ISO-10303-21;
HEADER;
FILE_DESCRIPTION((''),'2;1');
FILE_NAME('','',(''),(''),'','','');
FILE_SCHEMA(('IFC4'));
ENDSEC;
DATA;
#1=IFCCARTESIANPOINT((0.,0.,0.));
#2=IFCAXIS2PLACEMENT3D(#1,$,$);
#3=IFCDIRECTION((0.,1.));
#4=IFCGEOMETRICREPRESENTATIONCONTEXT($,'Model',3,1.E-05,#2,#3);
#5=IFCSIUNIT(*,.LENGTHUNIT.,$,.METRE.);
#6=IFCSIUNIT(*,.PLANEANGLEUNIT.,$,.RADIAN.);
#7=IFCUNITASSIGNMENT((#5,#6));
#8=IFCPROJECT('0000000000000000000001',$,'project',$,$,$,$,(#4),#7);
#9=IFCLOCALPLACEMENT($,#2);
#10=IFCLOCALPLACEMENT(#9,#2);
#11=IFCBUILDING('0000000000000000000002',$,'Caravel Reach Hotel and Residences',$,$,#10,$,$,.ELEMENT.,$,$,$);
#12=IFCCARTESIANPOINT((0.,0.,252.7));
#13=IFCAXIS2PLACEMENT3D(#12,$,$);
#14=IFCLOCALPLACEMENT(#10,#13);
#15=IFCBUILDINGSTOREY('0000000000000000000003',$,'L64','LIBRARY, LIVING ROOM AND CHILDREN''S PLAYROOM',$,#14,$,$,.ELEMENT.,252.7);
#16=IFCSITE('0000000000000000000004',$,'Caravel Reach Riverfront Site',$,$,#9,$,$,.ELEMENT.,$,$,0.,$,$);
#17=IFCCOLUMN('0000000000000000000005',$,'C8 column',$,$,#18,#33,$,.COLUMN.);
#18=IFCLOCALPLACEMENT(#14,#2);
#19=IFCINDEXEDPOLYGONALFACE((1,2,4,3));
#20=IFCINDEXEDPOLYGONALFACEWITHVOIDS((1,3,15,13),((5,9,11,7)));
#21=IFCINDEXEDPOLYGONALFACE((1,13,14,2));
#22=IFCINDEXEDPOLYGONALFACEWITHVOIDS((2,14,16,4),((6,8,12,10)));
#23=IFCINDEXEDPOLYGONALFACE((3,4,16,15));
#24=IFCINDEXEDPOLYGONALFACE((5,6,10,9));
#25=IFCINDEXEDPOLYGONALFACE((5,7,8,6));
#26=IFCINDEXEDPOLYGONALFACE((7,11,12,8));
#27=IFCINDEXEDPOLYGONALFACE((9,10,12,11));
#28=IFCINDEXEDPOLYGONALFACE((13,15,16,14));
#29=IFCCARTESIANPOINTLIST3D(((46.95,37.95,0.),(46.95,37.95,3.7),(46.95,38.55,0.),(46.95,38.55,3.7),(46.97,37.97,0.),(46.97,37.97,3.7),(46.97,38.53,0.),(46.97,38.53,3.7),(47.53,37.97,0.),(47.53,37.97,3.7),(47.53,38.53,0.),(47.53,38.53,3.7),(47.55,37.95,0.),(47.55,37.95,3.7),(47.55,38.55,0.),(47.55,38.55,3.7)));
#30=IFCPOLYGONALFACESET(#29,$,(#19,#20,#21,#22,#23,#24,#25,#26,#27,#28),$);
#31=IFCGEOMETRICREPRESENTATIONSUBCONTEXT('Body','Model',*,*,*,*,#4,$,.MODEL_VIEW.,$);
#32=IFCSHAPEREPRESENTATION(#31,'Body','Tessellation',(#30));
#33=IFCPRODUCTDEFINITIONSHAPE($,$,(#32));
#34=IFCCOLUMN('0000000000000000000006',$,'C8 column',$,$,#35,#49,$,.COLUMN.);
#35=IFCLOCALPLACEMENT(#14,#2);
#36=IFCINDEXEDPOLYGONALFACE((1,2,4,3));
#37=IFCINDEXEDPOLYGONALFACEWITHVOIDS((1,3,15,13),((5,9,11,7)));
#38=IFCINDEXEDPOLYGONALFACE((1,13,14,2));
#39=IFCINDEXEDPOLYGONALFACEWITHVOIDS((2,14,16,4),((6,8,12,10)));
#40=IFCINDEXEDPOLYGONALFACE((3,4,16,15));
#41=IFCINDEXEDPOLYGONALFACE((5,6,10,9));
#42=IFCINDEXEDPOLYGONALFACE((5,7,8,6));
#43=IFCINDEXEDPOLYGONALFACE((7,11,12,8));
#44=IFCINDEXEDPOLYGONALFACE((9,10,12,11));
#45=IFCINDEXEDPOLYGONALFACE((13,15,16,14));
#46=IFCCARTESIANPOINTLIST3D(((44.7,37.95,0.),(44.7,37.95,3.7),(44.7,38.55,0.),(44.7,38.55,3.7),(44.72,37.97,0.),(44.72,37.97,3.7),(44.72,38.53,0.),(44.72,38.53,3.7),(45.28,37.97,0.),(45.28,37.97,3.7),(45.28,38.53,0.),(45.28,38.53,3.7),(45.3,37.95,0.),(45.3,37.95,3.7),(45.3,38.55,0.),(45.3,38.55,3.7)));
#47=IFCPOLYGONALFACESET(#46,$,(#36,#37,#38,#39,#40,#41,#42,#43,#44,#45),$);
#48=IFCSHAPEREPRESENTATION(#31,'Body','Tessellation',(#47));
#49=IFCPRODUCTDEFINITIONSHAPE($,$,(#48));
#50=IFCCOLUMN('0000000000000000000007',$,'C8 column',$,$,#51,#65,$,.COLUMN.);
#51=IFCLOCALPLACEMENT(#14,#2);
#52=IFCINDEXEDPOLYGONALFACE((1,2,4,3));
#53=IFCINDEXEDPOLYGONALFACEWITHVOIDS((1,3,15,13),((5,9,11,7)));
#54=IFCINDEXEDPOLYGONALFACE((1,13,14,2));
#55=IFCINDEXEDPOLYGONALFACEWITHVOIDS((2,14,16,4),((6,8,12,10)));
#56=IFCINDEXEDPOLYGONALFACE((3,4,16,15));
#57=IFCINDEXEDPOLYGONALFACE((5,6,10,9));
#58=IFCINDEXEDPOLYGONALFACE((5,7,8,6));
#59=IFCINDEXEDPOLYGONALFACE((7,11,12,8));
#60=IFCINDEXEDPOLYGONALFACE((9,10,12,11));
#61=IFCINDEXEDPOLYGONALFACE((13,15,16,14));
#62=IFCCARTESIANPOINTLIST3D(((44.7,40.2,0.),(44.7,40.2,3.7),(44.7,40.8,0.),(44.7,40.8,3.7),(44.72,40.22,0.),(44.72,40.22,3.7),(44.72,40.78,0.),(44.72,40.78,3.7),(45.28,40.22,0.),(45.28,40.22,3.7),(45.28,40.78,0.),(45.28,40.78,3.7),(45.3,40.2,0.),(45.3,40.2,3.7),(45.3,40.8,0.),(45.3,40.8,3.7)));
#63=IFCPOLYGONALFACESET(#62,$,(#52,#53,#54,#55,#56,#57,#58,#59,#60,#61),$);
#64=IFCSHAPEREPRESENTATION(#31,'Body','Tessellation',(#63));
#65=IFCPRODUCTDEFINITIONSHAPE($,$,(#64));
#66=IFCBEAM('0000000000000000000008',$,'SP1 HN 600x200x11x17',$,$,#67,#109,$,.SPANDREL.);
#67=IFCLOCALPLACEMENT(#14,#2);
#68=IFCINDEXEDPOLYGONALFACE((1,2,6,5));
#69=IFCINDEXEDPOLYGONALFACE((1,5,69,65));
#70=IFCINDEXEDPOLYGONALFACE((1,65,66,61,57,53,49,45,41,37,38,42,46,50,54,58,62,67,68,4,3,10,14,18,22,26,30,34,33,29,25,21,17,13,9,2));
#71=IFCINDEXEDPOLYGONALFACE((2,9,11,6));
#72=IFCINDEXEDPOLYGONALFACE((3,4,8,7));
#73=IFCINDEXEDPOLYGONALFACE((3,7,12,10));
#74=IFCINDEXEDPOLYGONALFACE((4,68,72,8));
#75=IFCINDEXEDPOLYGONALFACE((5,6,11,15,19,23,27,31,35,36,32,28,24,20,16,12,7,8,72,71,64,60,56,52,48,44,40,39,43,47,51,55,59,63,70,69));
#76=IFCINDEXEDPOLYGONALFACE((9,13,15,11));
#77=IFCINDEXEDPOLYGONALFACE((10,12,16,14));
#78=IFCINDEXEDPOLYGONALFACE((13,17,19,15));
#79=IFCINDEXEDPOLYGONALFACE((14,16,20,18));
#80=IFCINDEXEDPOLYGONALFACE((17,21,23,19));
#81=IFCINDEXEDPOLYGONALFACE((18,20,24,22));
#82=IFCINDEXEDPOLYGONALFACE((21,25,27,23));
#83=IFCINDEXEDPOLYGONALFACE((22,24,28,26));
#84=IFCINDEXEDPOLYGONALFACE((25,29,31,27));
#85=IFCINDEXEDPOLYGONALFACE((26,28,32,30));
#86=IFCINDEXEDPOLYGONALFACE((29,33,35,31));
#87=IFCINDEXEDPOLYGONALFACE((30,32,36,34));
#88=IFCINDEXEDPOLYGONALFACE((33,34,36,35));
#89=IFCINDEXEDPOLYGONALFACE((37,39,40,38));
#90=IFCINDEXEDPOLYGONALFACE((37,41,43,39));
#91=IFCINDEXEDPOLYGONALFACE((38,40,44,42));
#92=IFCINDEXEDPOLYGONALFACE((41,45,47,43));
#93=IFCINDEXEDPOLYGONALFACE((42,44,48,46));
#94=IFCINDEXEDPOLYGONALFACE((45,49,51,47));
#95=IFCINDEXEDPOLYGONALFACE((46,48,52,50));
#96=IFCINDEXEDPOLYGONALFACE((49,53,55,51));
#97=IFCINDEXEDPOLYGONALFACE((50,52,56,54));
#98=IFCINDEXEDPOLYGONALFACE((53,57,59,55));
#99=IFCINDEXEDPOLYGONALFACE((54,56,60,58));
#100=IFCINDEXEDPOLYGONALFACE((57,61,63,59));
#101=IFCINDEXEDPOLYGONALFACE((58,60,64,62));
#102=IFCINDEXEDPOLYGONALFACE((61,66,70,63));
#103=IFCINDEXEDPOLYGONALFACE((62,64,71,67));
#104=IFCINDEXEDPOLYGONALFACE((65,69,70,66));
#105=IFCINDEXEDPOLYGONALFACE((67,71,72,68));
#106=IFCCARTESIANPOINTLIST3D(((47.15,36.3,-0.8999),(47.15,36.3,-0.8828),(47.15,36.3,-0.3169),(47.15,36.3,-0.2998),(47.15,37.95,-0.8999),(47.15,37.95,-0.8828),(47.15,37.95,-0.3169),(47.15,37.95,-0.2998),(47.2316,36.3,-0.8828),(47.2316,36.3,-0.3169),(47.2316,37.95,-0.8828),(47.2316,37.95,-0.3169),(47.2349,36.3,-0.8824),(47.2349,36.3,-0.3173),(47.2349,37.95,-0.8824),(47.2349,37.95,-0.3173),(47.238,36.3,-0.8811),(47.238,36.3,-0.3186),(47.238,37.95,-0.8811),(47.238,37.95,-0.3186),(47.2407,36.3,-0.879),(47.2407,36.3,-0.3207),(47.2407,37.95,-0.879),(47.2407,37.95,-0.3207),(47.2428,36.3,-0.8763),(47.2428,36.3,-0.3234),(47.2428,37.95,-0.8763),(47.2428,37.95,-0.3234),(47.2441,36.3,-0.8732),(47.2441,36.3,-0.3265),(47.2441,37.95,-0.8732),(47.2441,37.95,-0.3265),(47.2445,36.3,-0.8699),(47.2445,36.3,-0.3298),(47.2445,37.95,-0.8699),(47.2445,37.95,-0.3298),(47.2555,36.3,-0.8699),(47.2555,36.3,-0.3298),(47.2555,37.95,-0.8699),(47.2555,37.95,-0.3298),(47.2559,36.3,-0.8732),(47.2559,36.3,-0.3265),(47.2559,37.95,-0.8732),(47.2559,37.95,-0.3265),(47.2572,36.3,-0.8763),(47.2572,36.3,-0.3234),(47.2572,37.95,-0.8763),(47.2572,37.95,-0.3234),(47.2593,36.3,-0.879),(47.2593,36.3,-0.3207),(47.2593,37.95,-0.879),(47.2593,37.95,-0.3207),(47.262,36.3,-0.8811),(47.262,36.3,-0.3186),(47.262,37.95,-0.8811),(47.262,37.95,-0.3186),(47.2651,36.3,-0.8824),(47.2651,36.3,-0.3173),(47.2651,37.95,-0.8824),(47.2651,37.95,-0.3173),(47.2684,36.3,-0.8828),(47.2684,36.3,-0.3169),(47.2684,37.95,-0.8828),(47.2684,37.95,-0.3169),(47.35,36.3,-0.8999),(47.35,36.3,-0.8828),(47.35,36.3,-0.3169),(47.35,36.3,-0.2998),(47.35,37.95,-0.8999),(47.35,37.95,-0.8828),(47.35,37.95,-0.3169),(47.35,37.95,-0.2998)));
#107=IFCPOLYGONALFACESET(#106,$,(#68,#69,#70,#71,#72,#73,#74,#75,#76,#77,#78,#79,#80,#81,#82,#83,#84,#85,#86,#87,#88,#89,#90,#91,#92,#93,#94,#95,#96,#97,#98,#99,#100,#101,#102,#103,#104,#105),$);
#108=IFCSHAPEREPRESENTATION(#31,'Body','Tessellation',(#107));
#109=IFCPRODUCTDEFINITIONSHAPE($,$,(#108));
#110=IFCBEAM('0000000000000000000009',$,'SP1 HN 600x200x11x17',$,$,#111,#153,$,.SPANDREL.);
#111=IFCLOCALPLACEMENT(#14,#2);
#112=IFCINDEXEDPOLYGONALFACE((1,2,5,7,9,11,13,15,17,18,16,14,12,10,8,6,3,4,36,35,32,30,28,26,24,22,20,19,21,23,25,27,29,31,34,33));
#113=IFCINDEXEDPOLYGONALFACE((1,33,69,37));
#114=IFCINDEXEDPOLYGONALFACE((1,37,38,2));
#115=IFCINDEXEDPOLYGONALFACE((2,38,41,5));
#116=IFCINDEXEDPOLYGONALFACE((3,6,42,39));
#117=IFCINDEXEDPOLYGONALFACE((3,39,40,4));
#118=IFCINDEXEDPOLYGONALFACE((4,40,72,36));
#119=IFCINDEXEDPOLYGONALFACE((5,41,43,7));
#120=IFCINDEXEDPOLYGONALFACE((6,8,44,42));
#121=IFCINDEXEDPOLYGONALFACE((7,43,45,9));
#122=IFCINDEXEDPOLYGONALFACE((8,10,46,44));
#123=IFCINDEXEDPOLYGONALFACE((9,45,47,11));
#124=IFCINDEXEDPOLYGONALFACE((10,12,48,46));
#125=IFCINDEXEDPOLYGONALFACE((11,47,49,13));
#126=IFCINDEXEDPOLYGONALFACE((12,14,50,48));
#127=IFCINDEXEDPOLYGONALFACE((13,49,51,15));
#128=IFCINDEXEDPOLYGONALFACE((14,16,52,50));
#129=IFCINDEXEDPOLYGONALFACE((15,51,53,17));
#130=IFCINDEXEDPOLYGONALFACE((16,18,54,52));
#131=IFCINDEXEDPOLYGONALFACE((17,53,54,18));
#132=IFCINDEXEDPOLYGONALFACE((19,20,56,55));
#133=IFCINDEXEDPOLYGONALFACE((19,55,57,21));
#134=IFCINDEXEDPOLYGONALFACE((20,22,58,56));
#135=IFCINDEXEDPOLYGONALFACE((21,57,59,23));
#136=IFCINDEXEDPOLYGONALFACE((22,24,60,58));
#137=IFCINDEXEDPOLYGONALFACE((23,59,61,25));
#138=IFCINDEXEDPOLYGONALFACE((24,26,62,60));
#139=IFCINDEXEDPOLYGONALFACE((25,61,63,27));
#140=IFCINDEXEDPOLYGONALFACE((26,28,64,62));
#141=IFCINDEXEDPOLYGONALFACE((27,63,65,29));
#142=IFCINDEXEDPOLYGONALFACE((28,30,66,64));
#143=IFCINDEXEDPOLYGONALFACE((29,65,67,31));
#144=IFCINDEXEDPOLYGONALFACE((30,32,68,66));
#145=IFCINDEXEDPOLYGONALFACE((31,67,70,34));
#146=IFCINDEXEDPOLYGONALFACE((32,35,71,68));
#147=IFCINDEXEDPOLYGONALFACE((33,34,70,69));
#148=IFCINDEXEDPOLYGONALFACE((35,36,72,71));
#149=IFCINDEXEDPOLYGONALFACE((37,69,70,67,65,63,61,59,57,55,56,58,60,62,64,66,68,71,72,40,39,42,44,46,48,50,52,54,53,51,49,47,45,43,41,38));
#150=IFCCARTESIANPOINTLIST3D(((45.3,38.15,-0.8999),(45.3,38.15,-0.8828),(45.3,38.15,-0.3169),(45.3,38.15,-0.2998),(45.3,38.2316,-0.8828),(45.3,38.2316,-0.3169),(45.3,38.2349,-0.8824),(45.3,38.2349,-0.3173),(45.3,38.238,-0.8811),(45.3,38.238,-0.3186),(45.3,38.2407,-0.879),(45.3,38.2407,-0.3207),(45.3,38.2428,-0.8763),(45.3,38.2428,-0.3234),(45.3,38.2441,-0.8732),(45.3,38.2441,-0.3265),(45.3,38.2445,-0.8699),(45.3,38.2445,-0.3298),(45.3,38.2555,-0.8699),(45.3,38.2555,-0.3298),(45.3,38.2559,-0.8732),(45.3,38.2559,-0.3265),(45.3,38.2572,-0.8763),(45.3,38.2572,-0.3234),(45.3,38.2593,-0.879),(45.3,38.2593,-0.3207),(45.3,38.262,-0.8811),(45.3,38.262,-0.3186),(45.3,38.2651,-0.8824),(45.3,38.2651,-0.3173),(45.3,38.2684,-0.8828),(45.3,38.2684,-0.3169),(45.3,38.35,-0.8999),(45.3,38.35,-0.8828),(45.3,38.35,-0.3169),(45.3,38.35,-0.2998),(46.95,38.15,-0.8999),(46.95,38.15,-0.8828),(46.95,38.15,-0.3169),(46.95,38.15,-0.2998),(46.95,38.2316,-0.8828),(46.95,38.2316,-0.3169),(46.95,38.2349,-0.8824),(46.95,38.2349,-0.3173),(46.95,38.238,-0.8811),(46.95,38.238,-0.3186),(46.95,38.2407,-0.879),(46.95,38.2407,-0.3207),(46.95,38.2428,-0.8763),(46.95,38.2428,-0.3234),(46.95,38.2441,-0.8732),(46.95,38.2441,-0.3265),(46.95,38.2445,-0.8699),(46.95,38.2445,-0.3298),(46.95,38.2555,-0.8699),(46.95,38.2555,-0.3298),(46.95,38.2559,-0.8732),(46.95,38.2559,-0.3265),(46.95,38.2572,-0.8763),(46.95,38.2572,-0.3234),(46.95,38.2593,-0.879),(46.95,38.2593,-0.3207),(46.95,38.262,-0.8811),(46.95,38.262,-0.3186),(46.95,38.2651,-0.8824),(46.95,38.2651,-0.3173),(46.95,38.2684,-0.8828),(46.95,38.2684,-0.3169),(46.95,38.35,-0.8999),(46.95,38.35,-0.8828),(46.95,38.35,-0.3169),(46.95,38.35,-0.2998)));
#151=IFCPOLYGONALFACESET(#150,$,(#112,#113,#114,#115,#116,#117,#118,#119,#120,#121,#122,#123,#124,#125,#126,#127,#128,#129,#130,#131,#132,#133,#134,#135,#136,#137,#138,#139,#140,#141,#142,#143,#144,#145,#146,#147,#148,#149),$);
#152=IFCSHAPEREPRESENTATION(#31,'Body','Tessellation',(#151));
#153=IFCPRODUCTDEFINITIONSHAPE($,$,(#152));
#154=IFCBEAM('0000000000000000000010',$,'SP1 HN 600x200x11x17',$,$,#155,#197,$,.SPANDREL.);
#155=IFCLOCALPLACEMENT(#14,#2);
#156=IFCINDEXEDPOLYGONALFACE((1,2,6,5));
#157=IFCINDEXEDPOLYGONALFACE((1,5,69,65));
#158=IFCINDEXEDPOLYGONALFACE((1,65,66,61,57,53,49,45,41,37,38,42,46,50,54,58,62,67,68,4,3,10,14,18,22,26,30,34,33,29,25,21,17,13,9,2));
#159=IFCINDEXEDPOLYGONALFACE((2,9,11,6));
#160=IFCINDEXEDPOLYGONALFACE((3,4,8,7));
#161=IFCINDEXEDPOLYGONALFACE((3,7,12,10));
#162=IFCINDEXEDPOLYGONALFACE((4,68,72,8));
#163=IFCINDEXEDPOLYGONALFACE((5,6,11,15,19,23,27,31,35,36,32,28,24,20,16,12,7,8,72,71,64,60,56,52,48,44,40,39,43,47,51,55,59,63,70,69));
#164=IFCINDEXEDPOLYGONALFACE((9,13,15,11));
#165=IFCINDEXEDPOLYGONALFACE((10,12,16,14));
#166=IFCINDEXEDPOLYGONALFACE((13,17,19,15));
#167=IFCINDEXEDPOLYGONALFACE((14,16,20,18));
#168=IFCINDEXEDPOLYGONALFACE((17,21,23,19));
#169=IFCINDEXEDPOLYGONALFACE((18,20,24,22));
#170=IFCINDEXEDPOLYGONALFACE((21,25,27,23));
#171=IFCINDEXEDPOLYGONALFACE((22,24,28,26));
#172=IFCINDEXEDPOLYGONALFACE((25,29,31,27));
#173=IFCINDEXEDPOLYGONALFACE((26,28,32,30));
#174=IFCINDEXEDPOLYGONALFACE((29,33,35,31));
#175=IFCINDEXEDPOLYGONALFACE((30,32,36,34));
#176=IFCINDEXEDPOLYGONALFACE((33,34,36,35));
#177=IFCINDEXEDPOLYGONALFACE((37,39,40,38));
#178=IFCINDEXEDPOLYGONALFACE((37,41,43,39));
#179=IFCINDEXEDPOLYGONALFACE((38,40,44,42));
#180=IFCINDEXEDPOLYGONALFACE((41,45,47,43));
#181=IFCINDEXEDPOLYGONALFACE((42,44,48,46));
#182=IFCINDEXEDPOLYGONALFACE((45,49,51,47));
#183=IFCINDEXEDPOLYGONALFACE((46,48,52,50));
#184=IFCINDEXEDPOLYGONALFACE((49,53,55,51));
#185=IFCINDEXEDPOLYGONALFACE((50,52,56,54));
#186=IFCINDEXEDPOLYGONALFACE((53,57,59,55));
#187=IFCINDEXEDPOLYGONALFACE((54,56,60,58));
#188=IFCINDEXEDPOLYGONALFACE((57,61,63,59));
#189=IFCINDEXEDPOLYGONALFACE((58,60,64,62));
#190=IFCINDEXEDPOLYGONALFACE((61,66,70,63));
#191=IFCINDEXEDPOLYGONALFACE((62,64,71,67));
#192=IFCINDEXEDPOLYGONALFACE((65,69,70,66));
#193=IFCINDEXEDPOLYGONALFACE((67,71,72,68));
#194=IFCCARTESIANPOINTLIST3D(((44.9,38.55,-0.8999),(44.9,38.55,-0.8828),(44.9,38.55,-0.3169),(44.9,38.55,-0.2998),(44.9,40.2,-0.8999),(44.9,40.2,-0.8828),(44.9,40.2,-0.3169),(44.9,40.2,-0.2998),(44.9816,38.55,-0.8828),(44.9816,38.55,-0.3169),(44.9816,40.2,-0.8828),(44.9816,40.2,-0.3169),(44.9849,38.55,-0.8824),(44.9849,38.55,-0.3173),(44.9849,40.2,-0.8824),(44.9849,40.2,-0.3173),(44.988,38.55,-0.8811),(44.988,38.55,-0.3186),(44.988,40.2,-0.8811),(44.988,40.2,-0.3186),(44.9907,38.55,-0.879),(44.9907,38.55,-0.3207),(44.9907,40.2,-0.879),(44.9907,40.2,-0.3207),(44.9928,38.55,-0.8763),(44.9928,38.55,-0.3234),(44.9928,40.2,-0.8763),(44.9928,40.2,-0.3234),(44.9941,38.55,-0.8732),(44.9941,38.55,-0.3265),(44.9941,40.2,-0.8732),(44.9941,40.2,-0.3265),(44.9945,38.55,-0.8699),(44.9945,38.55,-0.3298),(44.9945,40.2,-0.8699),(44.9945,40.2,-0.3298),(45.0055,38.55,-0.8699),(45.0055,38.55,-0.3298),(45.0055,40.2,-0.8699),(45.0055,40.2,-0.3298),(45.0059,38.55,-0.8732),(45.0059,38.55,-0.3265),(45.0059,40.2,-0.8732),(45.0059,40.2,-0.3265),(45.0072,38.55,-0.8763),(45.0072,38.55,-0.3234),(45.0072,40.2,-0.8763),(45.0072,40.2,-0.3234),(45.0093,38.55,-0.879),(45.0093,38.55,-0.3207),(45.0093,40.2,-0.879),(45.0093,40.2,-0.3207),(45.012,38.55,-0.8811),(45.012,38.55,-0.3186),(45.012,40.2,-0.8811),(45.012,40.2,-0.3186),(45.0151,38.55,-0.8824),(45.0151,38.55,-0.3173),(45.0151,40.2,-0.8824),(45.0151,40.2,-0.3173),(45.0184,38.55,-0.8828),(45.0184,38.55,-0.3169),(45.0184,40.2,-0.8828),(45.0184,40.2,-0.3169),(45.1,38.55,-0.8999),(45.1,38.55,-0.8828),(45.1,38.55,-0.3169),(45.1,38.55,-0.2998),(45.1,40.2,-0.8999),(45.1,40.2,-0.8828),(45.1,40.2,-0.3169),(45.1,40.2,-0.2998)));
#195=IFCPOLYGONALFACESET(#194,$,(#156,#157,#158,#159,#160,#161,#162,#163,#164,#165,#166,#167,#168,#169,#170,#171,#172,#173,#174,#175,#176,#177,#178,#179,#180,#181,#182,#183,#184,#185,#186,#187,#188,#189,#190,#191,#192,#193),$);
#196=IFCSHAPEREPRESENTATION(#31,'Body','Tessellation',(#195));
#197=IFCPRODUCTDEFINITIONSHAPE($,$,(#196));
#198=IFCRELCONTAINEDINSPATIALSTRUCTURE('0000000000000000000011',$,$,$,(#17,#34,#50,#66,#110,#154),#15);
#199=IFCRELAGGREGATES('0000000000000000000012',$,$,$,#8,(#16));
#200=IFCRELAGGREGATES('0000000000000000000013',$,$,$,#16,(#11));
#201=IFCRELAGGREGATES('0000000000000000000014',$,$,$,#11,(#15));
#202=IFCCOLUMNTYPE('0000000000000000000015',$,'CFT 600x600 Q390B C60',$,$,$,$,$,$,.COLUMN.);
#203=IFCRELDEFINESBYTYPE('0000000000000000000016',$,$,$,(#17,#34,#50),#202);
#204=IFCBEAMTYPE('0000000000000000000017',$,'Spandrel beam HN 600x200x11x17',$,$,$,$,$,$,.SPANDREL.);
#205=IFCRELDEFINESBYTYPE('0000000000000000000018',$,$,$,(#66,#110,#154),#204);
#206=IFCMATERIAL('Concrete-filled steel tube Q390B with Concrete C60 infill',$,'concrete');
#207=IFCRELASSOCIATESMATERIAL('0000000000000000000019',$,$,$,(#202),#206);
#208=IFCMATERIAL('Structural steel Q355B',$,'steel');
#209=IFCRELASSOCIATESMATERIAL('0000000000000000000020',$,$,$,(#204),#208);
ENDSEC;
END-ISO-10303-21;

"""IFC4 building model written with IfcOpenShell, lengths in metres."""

from ifc_helpers import new_model, si_unit, direction, frame, origin, origin_2d, place, context, subcontext, project, spatial, hollow_rectangle, i_section, extrude, material, material_profile, profile_set, type_object, element, save


model = new_model("IFC4")

# Units and contexts
model_context = context("Model", 3, precision=1e-05, world=origin(), true_north=direction((0.0, 1.0)))
body_context = subcontext(model_context, "Body", "Model", "MODEL_VIEW")
ifc_project = project(units=[si_unit("LENGTHUNIT", "METRE"), si_unit("PLANEANGLEUNIT", "RADIAN")], contexts=[model_context])

# Site, building, storey
site_placement = place(None, origin())
site = spatial("IfcSite", under=ifc_project, at=site_placement, Name="Caravel Reach Riverfront Site", CompositionType="ELEMENT", RefElevation=0.0)
building_placement = place(site_placement, origin())
building = spatial("IfcBuilding", under=site, at=building_placement, Name="Caravel Reach Hotel and Residences", CompositionType="ELEMENT")
storey_placement = place(building_placement, frame((0.0, 0.0, 252.7)))
storey = spatial("IfcBuildingStorey", under=building, at=storey_placement, Name="L64", Description="LIBRARY, LIVING ROOM AND CHILDREN'S PLAYROOM", CompositionType="ELEMENT", Elevation=252.7)

# Columns
ifc_material_1 = material(Name="Concrete-filled steel tube Q390B with Concrete C60 infill", Category="concrete")
ifc_material_profile_1 = material_profile(ifc_material_1, hollow_rectangle(XDim=0.6001, YDim=0.6001, WallThickness=0.02, at=origin_2d()), Name="RHS 600x600x20")
ifc_profile_set_1 = profile_set([ifc_material_profile_1], Name="Concrete-filled steel tube Q390B with Concrete C60 infill")
column_type = type_object("IfcColumnType", Name="CFT 600x600 Q390B C60", PredefinedType="COLUMN", material=ifc_profile_set_1)
for number, where, z_axis, x_axis, name in (
    (1, (47.25, 38.25, 0.0), (0.0, 0.0, 1.0), (1.0, 0.0, 0.0), "C8 column"),
    (2, (45.0, 38.25, 0.0), (0.0, 0.0, 1.0), (1.0, 0.0, 0.0), "C8 column"),
    (3, (45.0, 40.5, 0.0), (0.0, 0.0, 1.0), (1.0, 0.0, 0.0), "C8 column"),
):
    element("IfcColumn", number, at=place(storey_placement, frame(where, z_axis=z_axis, x_axis=x_axis)), inside=storey, type_object=column_type, Name=name, PredefinedType="COLUMN", context=body_context, shape_type="SweptSolid", body=[
        extrude(hollow_rectangle(XDim=0.6001, YDim=0.6001, WallThickness=0.02, at=origin_2d()), origin(), (0.0, 0.0, 1.0), 3.7),
    ])

# Beams
ifc_material_2 = material(Name="Structural steel Q355B", Category="steel")
ifc_material_profile_2 = material_profile(ifc_material_2, i_section(OverallWidth=0.2, OverallDepth=0.6001, WebThickness=0.011, FlangeThickness=0.0171, FilletRadius=0.0129, at=origin_2d()), Name="HN 600x200x11x17")
ifc_profile_set_2 = profile_set([ifc_material_profile_2], Name="Structural steel Q355B")
beam_type = type_object("IfcBeamType", Name="Spandrel beam HN 600x200x11x17", PredefinedType="SPANDREL", material=ifc_profile_set_2)
for number, where, z_axis, x_axis, name in (
    (4, (47.25, 36.3, -0.5999), (0.0, 1.0, 0.0), (-1.0, 0.0, 0.0), "SP1 HN 600x200x11x17"),
    (5, (46.95, 38.25, -0.5999), (-1.0, 0.0, 0.0), (0.0, -1.0, 0.0), "SP1 HN 600x200x11x17"),
    (6, (45.0, 38.55, -0.5999), (0.0, 1.0, 0.0), (-1.0, 0.0, 0.0), "SP1 HN 600x200x11x17"),
):
    element("IfcBeam", number, at=place(storey_placement, frame(where, z_axis=z_axis, x_axis=x_axis)), inside=storey, type_object=beam_type, Name=name, PredefinedType="SPANDREL", context=body_context, shape_type="SweptSolid", body=[
        extrude(i_section(OverallWidth=0.2, OverallDepth=0.6001, WebThickness=0.011, FlangeThickness=0.0171, FilletRadius=0.0129, at=origin_2d()), origin(), (0.0, 0.0, 1.0), 1.6499),
    ])

save(model, "model.ifc")
